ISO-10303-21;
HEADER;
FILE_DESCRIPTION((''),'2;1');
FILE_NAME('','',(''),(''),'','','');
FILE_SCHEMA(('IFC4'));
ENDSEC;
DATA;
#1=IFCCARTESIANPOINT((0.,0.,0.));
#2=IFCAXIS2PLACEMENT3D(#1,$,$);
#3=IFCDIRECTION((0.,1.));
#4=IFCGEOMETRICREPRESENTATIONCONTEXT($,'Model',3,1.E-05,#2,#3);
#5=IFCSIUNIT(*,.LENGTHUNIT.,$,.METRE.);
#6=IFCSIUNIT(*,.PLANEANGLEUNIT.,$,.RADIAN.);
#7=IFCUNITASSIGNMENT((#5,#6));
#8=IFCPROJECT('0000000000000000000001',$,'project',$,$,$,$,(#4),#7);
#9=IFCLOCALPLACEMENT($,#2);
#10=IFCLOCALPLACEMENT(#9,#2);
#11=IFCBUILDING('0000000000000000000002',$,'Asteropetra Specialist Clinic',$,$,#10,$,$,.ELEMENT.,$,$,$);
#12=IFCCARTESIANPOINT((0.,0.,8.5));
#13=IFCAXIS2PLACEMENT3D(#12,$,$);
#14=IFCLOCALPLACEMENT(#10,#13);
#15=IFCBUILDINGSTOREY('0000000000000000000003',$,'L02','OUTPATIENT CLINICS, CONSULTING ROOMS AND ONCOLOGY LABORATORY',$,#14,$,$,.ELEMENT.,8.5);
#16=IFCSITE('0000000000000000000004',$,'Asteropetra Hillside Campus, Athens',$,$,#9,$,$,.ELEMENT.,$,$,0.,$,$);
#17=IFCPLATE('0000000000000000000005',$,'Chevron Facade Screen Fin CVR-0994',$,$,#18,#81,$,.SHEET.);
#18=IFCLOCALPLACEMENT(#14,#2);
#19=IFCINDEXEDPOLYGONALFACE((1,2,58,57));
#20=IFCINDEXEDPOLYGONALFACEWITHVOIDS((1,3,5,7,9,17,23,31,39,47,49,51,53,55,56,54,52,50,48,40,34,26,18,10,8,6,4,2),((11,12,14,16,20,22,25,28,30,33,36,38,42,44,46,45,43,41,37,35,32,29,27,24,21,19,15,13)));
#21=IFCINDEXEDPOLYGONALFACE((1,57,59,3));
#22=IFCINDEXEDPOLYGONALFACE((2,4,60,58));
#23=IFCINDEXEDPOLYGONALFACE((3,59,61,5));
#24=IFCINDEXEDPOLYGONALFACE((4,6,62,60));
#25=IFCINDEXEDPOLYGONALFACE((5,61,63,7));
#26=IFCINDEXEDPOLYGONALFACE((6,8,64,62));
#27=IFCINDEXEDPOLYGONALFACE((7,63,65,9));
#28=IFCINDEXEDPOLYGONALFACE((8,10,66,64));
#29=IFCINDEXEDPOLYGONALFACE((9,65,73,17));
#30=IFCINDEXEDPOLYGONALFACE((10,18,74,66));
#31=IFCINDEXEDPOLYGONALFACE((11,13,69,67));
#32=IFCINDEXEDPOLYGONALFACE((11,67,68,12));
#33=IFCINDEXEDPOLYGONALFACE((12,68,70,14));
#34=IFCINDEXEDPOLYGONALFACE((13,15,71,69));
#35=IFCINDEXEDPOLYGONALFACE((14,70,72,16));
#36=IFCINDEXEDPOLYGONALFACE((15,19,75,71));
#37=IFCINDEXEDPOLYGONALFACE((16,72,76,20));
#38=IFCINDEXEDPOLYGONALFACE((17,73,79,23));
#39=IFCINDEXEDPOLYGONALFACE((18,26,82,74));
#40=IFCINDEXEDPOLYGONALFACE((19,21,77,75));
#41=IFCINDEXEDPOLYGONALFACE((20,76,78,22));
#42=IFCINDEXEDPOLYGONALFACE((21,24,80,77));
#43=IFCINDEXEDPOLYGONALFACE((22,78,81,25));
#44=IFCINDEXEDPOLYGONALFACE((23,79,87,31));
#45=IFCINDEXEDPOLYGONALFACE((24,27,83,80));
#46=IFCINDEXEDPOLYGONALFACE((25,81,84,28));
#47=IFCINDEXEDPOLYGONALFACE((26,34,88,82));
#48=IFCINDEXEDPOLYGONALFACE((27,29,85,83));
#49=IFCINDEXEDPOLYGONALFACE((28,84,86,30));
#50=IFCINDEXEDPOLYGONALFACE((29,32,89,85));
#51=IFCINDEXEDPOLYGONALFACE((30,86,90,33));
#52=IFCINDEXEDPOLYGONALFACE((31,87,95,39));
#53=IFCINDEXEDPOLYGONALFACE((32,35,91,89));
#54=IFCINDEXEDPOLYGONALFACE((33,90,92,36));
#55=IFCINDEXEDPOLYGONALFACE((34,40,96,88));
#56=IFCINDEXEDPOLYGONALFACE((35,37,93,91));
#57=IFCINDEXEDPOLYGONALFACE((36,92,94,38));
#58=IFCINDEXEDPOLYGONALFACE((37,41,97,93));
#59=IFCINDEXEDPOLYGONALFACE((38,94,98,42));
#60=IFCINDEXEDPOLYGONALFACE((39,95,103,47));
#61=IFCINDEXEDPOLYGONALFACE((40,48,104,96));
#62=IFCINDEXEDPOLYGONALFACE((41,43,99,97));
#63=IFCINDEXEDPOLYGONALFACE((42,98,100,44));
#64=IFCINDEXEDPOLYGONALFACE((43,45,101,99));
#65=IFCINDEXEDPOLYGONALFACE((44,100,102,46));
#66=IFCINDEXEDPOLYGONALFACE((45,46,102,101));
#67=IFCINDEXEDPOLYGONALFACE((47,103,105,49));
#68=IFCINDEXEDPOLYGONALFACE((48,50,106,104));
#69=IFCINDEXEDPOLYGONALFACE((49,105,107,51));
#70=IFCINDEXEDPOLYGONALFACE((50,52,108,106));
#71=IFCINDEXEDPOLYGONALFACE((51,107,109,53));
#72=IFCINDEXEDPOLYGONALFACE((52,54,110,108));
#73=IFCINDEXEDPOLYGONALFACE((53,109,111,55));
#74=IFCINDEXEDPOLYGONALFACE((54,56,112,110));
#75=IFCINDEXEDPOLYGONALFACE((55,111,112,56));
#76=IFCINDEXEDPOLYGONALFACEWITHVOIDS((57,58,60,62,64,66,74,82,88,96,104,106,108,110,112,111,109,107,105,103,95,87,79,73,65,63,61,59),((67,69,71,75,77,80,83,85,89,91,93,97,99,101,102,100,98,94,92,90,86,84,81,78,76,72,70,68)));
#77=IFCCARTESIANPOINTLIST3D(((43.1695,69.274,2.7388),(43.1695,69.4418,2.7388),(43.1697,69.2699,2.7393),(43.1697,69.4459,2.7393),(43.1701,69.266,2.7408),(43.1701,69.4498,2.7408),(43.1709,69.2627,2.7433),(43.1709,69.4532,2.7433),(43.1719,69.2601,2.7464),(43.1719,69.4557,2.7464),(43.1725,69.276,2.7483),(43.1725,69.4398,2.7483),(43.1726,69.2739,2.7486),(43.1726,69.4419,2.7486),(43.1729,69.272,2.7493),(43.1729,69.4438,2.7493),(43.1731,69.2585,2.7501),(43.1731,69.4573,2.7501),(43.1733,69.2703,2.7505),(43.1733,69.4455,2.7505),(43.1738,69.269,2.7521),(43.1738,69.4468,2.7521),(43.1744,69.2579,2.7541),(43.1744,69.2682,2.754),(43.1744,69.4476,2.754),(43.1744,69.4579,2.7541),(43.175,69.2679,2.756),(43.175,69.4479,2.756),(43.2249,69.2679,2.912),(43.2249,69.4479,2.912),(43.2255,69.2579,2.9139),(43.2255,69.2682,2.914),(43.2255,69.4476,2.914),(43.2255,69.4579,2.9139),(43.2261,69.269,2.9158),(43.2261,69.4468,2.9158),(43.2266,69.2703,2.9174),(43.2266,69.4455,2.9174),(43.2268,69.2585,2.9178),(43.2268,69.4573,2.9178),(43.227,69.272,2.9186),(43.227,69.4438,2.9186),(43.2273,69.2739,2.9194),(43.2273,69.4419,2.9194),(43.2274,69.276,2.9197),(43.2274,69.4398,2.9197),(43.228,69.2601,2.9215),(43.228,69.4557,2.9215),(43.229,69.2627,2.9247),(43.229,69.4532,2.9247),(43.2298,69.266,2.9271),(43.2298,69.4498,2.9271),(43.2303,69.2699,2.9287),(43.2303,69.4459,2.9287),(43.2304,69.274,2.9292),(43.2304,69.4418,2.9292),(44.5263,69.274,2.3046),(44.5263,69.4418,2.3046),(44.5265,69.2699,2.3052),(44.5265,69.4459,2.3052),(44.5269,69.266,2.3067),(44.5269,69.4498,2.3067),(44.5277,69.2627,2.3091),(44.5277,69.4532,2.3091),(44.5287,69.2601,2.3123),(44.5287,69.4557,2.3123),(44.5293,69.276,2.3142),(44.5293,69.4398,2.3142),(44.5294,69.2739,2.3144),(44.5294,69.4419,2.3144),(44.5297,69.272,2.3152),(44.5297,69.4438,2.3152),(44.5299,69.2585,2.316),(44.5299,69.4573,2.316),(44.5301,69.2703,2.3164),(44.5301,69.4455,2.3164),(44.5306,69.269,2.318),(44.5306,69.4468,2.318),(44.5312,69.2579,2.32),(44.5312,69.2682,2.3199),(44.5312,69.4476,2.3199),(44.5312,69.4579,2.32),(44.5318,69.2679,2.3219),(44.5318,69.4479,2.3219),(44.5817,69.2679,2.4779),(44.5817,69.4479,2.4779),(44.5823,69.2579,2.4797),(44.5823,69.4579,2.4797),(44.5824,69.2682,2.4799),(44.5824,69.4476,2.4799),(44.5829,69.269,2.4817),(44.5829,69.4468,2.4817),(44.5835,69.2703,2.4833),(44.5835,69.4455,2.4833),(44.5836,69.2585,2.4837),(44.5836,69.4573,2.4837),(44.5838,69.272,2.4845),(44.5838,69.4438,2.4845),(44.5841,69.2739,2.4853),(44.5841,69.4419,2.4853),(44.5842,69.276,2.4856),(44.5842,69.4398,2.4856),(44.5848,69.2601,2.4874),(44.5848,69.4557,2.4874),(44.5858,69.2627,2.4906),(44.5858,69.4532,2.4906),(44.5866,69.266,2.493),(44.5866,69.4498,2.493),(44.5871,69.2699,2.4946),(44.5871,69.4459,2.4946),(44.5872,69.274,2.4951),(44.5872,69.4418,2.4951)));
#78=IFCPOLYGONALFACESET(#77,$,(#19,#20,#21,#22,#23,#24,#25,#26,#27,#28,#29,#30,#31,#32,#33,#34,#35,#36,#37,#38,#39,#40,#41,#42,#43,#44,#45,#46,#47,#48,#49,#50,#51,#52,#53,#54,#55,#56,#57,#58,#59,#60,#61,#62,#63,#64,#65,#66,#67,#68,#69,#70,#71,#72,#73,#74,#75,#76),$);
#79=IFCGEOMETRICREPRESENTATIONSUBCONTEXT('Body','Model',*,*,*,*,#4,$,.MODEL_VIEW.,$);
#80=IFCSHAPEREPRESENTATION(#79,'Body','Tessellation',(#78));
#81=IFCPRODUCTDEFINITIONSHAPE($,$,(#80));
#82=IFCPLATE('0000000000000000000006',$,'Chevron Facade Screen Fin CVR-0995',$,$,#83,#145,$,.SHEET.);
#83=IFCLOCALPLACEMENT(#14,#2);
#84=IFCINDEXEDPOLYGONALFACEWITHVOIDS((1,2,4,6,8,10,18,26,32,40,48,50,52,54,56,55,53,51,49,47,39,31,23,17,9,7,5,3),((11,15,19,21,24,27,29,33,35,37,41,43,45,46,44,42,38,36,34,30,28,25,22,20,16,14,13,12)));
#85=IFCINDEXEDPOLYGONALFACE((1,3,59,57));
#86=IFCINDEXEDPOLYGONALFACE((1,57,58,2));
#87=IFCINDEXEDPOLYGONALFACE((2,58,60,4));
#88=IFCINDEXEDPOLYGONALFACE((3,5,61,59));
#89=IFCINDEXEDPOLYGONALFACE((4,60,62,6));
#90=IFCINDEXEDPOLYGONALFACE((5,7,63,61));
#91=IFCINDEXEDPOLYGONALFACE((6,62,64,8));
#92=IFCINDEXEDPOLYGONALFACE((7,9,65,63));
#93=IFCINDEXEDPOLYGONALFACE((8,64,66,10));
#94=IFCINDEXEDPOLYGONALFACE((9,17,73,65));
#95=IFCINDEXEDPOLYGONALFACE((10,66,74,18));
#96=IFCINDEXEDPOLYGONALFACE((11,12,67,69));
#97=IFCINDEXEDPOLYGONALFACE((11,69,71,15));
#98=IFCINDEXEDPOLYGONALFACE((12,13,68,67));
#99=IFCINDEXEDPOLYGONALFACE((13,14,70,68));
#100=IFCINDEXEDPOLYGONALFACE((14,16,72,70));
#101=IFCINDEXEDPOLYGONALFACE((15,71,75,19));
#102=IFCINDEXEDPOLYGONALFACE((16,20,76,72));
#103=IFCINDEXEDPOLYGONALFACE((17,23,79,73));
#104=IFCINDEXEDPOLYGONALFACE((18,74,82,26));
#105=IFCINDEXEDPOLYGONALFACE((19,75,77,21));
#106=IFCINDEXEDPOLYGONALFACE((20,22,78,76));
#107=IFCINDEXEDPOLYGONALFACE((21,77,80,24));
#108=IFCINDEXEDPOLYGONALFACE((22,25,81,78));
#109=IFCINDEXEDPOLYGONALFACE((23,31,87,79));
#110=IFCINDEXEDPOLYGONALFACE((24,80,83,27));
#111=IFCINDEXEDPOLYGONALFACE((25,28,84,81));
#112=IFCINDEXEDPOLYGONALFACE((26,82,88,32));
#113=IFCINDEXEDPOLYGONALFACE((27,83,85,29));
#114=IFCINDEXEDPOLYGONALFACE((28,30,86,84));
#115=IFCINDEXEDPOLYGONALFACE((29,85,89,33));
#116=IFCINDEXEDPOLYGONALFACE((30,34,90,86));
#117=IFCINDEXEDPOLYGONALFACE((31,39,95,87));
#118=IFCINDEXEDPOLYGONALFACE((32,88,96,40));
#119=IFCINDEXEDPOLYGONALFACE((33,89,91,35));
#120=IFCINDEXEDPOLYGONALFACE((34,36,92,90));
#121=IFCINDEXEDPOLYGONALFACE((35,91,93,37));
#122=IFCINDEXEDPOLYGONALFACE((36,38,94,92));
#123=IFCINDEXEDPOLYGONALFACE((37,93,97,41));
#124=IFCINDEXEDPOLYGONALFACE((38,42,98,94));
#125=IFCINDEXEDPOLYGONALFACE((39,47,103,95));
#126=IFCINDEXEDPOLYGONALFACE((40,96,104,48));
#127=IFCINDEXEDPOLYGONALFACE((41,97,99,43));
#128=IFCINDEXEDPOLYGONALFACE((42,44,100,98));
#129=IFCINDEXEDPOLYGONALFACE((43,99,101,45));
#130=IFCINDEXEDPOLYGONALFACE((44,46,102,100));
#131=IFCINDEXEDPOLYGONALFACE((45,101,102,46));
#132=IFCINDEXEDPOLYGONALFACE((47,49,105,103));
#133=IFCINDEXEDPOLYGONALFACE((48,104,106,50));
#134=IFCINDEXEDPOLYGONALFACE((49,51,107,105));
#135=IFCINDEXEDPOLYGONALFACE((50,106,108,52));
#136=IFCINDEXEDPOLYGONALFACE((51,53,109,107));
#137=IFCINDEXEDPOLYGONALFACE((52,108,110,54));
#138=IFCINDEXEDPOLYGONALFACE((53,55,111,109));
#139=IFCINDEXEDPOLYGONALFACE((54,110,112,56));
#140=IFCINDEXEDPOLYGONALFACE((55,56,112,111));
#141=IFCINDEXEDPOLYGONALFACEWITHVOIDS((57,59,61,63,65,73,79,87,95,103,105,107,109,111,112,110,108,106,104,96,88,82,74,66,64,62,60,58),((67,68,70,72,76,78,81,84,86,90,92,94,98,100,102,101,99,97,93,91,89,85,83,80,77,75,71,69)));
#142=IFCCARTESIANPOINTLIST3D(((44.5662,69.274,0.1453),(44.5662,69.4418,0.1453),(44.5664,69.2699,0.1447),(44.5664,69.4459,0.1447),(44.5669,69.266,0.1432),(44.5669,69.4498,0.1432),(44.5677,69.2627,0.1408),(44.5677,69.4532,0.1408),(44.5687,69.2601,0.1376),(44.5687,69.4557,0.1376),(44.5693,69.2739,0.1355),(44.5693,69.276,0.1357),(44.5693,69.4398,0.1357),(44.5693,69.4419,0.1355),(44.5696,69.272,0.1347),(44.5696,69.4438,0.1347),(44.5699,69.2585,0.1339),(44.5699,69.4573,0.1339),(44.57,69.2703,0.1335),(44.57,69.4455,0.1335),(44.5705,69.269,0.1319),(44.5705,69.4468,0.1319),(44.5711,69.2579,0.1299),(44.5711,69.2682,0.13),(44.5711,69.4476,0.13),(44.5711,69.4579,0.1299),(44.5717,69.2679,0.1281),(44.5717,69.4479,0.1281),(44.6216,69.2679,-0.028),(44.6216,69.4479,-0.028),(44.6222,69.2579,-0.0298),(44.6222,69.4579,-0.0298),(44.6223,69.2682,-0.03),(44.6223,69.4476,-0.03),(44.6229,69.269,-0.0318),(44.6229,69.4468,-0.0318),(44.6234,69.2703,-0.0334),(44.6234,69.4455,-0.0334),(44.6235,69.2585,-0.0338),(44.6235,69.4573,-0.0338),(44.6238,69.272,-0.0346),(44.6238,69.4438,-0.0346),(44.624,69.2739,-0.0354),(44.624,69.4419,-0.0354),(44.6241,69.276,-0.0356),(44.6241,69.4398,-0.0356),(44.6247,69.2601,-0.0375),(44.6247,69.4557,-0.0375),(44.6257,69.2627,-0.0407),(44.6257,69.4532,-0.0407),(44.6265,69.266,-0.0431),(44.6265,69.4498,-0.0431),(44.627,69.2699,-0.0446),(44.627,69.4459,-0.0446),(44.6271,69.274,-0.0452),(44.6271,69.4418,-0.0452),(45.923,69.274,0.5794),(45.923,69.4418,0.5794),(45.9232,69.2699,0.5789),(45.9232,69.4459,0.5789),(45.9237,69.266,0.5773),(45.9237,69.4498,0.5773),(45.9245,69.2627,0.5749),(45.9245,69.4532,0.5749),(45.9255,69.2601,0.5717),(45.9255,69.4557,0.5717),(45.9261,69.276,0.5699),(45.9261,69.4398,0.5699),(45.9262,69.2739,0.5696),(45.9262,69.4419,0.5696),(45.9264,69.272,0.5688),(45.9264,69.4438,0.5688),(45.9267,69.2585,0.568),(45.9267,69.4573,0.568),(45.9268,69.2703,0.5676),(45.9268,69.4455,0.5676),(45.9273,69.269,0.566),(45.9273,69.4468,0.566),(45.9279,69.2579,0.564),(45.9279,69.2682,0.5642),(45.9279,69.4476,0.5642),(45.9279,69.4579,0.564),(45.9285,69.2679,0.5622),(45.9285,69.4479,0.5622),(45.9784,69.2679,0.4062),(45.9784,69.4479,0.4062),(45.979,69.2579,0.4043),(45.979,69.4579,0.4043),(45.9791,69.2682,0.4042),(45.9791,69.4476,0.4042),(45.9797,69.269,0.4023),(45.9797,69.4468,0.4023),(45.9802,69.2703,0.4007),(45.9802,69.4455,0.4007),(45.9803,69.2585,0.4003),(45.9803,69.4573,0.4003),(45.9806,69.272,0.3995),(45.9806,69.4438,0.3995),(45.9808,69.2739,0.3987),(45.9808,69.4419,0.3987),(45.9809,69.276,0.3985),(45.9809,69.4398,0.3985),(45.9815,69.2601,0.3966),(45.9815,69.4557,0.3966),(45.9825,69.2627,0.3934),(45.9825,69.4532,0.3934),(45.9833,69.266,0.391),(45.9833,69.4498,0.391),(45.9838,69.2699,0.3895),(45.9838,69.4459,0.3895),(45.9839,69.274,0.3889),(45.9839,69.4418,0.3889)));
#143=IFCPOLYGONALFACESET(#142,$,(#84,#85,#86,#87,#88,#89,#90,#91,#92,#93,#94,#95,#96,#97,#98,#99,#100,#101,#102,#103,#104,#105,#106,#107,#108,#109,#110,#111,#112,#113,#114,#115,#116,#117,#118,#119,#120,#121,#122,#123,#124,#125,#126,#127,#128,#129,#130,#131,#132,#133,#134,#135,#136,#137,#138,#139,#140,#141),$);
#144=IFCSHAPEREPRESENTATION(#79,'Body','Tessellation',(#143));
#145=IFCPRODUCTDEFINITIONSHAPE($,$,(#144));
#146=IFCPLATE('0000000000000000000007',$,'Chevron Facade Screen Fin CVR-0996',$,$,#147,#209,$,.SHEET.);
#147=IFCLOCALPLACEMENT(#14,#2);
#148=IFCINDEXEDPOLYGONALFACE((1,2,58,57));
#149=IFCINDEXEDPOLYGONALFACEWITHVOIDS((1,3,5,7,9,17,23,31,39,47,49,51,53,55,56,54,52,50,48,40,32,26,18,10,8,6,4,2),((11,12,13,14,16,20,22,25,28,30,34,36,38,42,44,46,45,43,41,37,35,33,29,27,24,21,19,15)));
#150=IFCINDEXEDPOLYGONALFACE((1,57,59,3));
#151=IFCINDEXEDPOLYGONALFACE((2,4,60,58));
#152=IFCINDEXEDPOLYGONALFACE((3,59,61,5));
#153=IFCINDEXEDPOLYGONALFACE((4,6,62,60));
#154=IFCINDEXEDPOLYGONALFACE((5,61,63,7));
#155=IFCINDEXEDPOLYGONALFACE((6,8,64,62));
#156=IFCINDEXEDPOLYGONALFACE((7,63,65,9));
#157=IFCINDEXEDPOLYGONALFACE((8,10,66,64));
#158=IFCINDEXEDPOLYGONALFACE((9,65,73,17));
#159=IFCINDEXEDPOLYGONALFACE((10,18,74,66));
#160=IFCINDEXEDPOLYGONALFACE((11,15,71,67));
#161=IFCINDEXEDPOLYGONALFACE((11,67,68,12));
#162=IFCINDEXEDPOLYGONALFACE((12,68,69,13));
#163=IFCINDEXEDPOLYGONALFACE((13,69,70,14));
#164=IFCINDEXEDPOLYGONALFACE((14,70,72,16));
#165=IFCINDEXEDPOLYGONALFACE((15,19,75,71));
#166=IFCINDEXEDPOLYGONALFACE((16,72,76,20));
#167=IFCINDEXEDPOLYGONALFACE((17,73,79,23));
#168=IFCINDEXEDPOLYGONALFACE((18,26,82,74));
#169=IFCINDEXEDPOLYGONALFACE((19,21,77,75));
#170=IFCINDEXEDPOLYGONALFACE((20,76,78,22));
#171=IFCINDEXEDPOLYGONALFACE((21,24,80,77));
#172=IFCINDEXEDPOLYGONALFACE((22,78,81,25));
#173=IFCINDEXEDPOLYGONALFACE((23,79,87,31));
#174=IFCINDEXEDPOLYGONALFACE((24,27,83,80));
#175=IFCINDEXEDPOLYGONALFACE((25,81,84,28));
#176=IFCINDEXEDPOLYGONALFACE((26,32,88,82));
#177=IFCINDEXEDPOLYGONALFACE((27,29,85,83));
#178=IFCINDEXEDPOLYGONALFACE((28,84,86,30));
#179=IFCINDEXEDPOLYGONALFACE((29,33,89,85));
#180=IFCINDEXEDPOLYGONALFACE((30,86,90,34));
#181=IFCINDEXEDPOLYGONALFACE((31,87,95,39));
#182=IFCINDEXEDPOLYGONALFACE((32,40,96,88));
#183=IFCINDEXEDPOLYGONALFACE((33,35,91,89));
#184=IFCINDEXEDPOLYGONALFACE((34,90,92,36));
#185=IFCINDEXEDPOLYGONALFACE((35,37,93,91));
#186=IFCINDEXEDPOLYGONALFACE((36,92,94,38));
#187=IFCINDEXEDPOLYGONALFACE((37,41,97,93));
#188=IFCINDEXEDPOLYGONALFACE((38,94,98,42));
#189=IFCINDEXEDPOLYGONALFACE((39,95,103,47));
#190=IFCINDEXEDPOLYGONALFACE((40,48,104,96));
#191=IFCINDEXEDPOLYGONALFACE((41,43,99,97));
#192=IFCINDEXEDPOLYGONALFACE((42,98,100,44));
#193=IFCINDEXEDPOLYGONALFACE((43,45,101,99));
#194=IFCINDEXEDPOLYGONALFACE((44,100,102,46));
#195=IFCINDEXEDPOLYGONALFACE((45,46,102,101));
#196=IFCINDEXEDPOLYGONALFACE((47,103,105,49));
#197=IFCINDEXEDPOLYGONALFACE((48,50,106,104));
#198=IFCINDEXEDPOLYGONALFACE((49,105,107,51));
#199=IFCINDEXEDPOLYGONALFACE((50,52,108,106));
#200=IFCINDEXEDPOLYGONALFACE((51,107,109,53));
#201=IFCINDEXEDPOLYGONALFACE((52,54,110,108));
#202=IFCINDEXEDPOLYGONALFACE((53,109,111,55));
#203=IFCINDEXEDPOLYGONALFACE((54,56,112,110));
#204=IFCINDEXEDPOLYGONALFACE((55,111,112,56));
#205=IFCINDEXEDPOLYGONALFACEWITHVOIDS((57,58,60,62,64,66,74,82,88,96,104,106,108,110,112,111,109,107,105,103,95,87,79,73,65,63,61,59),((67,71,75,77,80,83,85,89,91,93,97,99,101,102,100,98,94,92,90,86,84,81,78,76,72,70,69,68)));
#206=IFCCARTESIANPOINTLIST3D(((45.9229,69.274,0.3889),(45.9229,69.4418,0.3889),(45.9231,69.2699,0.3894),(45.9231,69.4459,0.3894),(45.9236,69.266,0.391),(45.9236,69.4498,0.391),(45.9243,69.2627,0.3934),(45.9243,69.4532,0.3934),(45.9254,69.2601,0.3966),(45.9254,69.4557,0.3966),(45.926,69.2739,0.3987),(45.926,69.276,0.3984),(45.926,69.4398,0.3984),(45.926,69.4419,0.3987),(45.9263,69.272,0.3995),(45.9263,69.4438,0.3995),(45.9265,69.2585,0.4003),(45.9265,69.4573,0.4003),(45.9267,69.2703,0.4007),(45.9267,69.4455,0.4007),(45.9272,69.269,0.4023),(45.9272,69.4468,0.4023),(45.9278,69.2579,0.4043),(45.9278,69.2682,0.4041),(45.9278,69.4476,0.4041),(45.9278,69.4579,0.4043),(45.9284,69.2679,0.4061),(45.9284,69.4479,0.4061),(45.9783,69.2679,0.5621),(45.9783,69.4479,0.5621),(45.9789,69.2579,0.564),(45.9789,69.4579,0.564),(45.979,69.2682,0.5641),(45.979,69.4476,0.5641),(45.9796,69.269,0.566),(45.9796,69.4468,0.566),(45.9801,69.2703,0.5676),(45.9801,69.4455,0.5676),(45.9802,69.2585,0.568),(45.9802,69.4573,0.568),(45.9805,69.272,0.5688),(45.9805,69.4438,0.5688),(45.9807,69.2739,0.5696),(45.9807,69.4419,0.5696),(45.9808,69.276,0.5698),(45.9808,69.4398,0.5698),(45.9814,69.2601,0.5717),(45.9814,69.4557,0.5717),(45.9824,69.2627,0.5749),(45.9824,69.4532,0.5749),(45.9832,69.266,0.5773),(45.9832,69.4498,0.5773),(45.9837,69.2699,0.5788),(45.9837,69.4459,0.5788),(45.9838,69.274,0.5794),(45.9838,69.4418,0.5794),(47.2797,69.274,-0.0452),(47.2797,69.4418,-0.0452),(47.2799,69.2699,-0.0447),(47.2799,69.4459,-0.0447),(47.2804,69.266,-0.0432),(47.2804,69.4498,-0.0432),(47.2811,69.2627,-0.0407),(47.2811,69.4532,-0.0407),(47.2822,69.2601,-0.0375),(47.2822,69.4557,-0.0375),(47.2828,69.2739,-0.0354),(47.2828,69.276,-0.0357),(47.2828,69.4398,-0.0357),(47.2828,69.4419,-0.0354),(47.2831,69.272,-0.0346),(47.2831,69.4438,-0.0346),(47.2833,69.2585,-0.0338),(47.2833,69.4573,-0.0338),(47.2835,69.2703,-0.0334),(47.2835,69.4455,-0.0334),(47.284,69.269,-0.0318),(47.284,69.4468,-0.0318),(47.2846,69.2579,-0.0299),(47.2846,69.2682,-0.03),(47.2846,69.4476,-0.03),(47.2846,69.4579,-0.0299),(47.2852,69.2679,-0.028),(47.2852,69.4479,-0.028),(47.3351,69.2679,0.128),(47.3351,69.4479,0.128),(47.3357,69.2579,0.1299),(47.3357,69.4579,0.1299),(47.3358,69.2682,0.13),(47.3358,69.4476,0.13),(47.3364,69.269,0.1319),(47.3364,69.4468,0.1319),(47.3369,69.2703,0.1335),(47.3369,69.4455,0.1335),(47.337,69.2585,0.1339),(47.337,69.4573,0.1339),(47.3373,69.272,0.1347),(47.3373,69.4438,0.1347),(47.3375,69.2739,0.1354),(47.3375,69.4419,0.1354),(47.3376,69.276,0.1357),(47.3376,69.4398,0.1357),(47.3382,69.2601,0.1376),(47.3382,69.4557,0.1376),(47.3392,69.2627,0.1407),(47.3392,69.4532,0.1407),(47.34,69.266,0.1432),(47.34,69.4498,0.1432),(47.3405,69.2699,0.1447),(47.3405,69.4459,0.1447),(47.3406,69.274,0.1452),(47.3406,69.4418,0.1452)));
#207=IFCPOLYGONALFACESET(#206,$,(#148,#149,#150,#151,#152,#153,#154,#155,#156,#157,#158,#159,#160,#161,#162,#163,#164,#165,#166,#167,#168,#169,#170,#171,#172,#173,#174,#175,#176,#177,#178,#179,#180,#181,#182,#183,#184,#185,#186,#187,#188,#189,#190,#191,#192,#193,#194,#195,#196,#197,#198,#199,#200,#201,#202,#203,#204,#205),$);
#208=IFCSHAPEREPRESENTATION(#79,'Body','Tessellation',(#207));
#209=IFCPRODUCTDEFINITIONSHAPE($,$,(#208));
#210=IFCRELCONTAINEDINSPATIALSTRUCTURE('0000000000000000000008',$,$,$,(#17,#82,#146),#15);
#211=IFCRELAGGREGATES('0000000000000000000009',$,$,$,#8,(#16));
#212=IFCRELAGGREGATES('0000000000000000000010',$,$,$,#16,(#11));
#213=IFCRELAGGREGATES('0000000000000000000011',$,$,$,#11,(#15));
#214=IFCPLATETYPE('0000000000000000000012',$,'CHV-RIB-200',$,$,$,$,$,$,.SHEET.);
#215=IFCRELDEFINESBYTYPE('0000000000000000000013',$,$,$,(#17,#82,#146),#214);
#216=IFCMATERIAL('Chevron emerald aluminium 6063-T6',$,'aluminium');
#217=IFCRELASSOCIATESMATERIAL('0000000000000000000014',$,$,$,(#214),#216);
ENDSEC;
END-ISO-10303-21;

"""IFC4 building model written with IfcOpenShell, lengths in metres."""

from ifc_helpers import new_model, si_unit, direction, frame, origin, origin_2d, place, context, subcontext, project, spatial, hollow_rectangle, extrude, material, material_profile, profile_set, type_object, element, save


model = new_model("IFC4")

# Units and contexts
model_context = context("Model", 3, precision=1e-05, world=origin(), true_north=direction((0.0, 1.0)))
body_context = subcontext(model_context, "Body", "Model", "MODEL_VIEW")
ifc_project = project(units=[si_unit("LENGTHUNIT", "METRE"), si_unit("PLANEANGLEUNIT", "RADIAN")], contexts=[model_context])

# Site, building, storey
site_placement = place(None, origin())
site = spatial("IfcSite", under=ifc_project, at=site_placement, Name="Asteropetra Hillside Campus, Athens", CompositionType="ELEMENT", RefElevation=0.0)
building_placement = place(site_placement, origin())
building = spatial("IfcBuilding", under=site, at=building_placement, Name="Asteropetra Specialist Clinic", CompositionType="ELEMENT")
storey_placement = place(building_placement, frame((0.0, 0.0, 8.5)))
storey = spatial("IfcBuildingStorey", under=building, at=storey_placement, Name="L02", Description="OUTPATIENT CLINICS, CONSULTING ROOMS AND ONCOLOGY LABORATORY", CompositionType="ELEMENT", Elevation=8.5)

# Plates
ifc_material_1 = material(Name="Chevron emerald aluminium 6063-T6", Category="aluminium")
ifc_material_profile = material_profile(ifc_material_1, hollow_rectangle(XDim=0.2, YDim=0.2, WallThickness=0.01, InnerFilletRadius=0.0081, OuterFilletRadius=0.0161, at=origin_2d()), Name="SHS 200x200x10.0")
ifc_profile_set = profile_set([ifc_material_profile], Name="Chevron emerald aluminium 6063-T6")
plate_type_1 = type_object("IfcPlateType", Name="CHV-RIB-200", PredefinedType="SHEET", material=ifc_profile_set)
for number, where, z_axis, x_axis, name in (
    (1, (43.2, 69.3579, 2.834), (0.952436, 0.0, -0.304738), (0.0, 1.0, 0.0), "Chevron Facade Screen Fin CVR-0994"),
    (2, (44.5967, 69.3579, 0.05), (0.952436, 0.0, 0.304738), (0.0, 1.0, 0.0), "Chevron Facade Screen Fin CVR-0995"),
    (3, (45.9534, 69.3579, 0.4841), (0.952436, 0.0, -0.304738), (0.0, 1.0, 0.0), "Chevron Facade Screen Fin CVR-0996"),
):
    element("IfcPlate", number, at=place(storey_placement, frame(where, z_axis=z_axis, x_axis=x_axis)), inside=storey, type_object=plate_type_1, Name=name, PredefinedType="SHEET", context=body_context, shape_type="SweptSolid", body=[
        extrude(hollow_rectangle(XDim=0.2, YDim=0.2, WallThickness=0.01, InnerFilletRadius=0.0081, OuterFilletRadius=0.0161, at=origin_2d()), origin(), (0.0, 0.0, 1.0), 1.4246),
    ])

save(model, "model.ifc")
